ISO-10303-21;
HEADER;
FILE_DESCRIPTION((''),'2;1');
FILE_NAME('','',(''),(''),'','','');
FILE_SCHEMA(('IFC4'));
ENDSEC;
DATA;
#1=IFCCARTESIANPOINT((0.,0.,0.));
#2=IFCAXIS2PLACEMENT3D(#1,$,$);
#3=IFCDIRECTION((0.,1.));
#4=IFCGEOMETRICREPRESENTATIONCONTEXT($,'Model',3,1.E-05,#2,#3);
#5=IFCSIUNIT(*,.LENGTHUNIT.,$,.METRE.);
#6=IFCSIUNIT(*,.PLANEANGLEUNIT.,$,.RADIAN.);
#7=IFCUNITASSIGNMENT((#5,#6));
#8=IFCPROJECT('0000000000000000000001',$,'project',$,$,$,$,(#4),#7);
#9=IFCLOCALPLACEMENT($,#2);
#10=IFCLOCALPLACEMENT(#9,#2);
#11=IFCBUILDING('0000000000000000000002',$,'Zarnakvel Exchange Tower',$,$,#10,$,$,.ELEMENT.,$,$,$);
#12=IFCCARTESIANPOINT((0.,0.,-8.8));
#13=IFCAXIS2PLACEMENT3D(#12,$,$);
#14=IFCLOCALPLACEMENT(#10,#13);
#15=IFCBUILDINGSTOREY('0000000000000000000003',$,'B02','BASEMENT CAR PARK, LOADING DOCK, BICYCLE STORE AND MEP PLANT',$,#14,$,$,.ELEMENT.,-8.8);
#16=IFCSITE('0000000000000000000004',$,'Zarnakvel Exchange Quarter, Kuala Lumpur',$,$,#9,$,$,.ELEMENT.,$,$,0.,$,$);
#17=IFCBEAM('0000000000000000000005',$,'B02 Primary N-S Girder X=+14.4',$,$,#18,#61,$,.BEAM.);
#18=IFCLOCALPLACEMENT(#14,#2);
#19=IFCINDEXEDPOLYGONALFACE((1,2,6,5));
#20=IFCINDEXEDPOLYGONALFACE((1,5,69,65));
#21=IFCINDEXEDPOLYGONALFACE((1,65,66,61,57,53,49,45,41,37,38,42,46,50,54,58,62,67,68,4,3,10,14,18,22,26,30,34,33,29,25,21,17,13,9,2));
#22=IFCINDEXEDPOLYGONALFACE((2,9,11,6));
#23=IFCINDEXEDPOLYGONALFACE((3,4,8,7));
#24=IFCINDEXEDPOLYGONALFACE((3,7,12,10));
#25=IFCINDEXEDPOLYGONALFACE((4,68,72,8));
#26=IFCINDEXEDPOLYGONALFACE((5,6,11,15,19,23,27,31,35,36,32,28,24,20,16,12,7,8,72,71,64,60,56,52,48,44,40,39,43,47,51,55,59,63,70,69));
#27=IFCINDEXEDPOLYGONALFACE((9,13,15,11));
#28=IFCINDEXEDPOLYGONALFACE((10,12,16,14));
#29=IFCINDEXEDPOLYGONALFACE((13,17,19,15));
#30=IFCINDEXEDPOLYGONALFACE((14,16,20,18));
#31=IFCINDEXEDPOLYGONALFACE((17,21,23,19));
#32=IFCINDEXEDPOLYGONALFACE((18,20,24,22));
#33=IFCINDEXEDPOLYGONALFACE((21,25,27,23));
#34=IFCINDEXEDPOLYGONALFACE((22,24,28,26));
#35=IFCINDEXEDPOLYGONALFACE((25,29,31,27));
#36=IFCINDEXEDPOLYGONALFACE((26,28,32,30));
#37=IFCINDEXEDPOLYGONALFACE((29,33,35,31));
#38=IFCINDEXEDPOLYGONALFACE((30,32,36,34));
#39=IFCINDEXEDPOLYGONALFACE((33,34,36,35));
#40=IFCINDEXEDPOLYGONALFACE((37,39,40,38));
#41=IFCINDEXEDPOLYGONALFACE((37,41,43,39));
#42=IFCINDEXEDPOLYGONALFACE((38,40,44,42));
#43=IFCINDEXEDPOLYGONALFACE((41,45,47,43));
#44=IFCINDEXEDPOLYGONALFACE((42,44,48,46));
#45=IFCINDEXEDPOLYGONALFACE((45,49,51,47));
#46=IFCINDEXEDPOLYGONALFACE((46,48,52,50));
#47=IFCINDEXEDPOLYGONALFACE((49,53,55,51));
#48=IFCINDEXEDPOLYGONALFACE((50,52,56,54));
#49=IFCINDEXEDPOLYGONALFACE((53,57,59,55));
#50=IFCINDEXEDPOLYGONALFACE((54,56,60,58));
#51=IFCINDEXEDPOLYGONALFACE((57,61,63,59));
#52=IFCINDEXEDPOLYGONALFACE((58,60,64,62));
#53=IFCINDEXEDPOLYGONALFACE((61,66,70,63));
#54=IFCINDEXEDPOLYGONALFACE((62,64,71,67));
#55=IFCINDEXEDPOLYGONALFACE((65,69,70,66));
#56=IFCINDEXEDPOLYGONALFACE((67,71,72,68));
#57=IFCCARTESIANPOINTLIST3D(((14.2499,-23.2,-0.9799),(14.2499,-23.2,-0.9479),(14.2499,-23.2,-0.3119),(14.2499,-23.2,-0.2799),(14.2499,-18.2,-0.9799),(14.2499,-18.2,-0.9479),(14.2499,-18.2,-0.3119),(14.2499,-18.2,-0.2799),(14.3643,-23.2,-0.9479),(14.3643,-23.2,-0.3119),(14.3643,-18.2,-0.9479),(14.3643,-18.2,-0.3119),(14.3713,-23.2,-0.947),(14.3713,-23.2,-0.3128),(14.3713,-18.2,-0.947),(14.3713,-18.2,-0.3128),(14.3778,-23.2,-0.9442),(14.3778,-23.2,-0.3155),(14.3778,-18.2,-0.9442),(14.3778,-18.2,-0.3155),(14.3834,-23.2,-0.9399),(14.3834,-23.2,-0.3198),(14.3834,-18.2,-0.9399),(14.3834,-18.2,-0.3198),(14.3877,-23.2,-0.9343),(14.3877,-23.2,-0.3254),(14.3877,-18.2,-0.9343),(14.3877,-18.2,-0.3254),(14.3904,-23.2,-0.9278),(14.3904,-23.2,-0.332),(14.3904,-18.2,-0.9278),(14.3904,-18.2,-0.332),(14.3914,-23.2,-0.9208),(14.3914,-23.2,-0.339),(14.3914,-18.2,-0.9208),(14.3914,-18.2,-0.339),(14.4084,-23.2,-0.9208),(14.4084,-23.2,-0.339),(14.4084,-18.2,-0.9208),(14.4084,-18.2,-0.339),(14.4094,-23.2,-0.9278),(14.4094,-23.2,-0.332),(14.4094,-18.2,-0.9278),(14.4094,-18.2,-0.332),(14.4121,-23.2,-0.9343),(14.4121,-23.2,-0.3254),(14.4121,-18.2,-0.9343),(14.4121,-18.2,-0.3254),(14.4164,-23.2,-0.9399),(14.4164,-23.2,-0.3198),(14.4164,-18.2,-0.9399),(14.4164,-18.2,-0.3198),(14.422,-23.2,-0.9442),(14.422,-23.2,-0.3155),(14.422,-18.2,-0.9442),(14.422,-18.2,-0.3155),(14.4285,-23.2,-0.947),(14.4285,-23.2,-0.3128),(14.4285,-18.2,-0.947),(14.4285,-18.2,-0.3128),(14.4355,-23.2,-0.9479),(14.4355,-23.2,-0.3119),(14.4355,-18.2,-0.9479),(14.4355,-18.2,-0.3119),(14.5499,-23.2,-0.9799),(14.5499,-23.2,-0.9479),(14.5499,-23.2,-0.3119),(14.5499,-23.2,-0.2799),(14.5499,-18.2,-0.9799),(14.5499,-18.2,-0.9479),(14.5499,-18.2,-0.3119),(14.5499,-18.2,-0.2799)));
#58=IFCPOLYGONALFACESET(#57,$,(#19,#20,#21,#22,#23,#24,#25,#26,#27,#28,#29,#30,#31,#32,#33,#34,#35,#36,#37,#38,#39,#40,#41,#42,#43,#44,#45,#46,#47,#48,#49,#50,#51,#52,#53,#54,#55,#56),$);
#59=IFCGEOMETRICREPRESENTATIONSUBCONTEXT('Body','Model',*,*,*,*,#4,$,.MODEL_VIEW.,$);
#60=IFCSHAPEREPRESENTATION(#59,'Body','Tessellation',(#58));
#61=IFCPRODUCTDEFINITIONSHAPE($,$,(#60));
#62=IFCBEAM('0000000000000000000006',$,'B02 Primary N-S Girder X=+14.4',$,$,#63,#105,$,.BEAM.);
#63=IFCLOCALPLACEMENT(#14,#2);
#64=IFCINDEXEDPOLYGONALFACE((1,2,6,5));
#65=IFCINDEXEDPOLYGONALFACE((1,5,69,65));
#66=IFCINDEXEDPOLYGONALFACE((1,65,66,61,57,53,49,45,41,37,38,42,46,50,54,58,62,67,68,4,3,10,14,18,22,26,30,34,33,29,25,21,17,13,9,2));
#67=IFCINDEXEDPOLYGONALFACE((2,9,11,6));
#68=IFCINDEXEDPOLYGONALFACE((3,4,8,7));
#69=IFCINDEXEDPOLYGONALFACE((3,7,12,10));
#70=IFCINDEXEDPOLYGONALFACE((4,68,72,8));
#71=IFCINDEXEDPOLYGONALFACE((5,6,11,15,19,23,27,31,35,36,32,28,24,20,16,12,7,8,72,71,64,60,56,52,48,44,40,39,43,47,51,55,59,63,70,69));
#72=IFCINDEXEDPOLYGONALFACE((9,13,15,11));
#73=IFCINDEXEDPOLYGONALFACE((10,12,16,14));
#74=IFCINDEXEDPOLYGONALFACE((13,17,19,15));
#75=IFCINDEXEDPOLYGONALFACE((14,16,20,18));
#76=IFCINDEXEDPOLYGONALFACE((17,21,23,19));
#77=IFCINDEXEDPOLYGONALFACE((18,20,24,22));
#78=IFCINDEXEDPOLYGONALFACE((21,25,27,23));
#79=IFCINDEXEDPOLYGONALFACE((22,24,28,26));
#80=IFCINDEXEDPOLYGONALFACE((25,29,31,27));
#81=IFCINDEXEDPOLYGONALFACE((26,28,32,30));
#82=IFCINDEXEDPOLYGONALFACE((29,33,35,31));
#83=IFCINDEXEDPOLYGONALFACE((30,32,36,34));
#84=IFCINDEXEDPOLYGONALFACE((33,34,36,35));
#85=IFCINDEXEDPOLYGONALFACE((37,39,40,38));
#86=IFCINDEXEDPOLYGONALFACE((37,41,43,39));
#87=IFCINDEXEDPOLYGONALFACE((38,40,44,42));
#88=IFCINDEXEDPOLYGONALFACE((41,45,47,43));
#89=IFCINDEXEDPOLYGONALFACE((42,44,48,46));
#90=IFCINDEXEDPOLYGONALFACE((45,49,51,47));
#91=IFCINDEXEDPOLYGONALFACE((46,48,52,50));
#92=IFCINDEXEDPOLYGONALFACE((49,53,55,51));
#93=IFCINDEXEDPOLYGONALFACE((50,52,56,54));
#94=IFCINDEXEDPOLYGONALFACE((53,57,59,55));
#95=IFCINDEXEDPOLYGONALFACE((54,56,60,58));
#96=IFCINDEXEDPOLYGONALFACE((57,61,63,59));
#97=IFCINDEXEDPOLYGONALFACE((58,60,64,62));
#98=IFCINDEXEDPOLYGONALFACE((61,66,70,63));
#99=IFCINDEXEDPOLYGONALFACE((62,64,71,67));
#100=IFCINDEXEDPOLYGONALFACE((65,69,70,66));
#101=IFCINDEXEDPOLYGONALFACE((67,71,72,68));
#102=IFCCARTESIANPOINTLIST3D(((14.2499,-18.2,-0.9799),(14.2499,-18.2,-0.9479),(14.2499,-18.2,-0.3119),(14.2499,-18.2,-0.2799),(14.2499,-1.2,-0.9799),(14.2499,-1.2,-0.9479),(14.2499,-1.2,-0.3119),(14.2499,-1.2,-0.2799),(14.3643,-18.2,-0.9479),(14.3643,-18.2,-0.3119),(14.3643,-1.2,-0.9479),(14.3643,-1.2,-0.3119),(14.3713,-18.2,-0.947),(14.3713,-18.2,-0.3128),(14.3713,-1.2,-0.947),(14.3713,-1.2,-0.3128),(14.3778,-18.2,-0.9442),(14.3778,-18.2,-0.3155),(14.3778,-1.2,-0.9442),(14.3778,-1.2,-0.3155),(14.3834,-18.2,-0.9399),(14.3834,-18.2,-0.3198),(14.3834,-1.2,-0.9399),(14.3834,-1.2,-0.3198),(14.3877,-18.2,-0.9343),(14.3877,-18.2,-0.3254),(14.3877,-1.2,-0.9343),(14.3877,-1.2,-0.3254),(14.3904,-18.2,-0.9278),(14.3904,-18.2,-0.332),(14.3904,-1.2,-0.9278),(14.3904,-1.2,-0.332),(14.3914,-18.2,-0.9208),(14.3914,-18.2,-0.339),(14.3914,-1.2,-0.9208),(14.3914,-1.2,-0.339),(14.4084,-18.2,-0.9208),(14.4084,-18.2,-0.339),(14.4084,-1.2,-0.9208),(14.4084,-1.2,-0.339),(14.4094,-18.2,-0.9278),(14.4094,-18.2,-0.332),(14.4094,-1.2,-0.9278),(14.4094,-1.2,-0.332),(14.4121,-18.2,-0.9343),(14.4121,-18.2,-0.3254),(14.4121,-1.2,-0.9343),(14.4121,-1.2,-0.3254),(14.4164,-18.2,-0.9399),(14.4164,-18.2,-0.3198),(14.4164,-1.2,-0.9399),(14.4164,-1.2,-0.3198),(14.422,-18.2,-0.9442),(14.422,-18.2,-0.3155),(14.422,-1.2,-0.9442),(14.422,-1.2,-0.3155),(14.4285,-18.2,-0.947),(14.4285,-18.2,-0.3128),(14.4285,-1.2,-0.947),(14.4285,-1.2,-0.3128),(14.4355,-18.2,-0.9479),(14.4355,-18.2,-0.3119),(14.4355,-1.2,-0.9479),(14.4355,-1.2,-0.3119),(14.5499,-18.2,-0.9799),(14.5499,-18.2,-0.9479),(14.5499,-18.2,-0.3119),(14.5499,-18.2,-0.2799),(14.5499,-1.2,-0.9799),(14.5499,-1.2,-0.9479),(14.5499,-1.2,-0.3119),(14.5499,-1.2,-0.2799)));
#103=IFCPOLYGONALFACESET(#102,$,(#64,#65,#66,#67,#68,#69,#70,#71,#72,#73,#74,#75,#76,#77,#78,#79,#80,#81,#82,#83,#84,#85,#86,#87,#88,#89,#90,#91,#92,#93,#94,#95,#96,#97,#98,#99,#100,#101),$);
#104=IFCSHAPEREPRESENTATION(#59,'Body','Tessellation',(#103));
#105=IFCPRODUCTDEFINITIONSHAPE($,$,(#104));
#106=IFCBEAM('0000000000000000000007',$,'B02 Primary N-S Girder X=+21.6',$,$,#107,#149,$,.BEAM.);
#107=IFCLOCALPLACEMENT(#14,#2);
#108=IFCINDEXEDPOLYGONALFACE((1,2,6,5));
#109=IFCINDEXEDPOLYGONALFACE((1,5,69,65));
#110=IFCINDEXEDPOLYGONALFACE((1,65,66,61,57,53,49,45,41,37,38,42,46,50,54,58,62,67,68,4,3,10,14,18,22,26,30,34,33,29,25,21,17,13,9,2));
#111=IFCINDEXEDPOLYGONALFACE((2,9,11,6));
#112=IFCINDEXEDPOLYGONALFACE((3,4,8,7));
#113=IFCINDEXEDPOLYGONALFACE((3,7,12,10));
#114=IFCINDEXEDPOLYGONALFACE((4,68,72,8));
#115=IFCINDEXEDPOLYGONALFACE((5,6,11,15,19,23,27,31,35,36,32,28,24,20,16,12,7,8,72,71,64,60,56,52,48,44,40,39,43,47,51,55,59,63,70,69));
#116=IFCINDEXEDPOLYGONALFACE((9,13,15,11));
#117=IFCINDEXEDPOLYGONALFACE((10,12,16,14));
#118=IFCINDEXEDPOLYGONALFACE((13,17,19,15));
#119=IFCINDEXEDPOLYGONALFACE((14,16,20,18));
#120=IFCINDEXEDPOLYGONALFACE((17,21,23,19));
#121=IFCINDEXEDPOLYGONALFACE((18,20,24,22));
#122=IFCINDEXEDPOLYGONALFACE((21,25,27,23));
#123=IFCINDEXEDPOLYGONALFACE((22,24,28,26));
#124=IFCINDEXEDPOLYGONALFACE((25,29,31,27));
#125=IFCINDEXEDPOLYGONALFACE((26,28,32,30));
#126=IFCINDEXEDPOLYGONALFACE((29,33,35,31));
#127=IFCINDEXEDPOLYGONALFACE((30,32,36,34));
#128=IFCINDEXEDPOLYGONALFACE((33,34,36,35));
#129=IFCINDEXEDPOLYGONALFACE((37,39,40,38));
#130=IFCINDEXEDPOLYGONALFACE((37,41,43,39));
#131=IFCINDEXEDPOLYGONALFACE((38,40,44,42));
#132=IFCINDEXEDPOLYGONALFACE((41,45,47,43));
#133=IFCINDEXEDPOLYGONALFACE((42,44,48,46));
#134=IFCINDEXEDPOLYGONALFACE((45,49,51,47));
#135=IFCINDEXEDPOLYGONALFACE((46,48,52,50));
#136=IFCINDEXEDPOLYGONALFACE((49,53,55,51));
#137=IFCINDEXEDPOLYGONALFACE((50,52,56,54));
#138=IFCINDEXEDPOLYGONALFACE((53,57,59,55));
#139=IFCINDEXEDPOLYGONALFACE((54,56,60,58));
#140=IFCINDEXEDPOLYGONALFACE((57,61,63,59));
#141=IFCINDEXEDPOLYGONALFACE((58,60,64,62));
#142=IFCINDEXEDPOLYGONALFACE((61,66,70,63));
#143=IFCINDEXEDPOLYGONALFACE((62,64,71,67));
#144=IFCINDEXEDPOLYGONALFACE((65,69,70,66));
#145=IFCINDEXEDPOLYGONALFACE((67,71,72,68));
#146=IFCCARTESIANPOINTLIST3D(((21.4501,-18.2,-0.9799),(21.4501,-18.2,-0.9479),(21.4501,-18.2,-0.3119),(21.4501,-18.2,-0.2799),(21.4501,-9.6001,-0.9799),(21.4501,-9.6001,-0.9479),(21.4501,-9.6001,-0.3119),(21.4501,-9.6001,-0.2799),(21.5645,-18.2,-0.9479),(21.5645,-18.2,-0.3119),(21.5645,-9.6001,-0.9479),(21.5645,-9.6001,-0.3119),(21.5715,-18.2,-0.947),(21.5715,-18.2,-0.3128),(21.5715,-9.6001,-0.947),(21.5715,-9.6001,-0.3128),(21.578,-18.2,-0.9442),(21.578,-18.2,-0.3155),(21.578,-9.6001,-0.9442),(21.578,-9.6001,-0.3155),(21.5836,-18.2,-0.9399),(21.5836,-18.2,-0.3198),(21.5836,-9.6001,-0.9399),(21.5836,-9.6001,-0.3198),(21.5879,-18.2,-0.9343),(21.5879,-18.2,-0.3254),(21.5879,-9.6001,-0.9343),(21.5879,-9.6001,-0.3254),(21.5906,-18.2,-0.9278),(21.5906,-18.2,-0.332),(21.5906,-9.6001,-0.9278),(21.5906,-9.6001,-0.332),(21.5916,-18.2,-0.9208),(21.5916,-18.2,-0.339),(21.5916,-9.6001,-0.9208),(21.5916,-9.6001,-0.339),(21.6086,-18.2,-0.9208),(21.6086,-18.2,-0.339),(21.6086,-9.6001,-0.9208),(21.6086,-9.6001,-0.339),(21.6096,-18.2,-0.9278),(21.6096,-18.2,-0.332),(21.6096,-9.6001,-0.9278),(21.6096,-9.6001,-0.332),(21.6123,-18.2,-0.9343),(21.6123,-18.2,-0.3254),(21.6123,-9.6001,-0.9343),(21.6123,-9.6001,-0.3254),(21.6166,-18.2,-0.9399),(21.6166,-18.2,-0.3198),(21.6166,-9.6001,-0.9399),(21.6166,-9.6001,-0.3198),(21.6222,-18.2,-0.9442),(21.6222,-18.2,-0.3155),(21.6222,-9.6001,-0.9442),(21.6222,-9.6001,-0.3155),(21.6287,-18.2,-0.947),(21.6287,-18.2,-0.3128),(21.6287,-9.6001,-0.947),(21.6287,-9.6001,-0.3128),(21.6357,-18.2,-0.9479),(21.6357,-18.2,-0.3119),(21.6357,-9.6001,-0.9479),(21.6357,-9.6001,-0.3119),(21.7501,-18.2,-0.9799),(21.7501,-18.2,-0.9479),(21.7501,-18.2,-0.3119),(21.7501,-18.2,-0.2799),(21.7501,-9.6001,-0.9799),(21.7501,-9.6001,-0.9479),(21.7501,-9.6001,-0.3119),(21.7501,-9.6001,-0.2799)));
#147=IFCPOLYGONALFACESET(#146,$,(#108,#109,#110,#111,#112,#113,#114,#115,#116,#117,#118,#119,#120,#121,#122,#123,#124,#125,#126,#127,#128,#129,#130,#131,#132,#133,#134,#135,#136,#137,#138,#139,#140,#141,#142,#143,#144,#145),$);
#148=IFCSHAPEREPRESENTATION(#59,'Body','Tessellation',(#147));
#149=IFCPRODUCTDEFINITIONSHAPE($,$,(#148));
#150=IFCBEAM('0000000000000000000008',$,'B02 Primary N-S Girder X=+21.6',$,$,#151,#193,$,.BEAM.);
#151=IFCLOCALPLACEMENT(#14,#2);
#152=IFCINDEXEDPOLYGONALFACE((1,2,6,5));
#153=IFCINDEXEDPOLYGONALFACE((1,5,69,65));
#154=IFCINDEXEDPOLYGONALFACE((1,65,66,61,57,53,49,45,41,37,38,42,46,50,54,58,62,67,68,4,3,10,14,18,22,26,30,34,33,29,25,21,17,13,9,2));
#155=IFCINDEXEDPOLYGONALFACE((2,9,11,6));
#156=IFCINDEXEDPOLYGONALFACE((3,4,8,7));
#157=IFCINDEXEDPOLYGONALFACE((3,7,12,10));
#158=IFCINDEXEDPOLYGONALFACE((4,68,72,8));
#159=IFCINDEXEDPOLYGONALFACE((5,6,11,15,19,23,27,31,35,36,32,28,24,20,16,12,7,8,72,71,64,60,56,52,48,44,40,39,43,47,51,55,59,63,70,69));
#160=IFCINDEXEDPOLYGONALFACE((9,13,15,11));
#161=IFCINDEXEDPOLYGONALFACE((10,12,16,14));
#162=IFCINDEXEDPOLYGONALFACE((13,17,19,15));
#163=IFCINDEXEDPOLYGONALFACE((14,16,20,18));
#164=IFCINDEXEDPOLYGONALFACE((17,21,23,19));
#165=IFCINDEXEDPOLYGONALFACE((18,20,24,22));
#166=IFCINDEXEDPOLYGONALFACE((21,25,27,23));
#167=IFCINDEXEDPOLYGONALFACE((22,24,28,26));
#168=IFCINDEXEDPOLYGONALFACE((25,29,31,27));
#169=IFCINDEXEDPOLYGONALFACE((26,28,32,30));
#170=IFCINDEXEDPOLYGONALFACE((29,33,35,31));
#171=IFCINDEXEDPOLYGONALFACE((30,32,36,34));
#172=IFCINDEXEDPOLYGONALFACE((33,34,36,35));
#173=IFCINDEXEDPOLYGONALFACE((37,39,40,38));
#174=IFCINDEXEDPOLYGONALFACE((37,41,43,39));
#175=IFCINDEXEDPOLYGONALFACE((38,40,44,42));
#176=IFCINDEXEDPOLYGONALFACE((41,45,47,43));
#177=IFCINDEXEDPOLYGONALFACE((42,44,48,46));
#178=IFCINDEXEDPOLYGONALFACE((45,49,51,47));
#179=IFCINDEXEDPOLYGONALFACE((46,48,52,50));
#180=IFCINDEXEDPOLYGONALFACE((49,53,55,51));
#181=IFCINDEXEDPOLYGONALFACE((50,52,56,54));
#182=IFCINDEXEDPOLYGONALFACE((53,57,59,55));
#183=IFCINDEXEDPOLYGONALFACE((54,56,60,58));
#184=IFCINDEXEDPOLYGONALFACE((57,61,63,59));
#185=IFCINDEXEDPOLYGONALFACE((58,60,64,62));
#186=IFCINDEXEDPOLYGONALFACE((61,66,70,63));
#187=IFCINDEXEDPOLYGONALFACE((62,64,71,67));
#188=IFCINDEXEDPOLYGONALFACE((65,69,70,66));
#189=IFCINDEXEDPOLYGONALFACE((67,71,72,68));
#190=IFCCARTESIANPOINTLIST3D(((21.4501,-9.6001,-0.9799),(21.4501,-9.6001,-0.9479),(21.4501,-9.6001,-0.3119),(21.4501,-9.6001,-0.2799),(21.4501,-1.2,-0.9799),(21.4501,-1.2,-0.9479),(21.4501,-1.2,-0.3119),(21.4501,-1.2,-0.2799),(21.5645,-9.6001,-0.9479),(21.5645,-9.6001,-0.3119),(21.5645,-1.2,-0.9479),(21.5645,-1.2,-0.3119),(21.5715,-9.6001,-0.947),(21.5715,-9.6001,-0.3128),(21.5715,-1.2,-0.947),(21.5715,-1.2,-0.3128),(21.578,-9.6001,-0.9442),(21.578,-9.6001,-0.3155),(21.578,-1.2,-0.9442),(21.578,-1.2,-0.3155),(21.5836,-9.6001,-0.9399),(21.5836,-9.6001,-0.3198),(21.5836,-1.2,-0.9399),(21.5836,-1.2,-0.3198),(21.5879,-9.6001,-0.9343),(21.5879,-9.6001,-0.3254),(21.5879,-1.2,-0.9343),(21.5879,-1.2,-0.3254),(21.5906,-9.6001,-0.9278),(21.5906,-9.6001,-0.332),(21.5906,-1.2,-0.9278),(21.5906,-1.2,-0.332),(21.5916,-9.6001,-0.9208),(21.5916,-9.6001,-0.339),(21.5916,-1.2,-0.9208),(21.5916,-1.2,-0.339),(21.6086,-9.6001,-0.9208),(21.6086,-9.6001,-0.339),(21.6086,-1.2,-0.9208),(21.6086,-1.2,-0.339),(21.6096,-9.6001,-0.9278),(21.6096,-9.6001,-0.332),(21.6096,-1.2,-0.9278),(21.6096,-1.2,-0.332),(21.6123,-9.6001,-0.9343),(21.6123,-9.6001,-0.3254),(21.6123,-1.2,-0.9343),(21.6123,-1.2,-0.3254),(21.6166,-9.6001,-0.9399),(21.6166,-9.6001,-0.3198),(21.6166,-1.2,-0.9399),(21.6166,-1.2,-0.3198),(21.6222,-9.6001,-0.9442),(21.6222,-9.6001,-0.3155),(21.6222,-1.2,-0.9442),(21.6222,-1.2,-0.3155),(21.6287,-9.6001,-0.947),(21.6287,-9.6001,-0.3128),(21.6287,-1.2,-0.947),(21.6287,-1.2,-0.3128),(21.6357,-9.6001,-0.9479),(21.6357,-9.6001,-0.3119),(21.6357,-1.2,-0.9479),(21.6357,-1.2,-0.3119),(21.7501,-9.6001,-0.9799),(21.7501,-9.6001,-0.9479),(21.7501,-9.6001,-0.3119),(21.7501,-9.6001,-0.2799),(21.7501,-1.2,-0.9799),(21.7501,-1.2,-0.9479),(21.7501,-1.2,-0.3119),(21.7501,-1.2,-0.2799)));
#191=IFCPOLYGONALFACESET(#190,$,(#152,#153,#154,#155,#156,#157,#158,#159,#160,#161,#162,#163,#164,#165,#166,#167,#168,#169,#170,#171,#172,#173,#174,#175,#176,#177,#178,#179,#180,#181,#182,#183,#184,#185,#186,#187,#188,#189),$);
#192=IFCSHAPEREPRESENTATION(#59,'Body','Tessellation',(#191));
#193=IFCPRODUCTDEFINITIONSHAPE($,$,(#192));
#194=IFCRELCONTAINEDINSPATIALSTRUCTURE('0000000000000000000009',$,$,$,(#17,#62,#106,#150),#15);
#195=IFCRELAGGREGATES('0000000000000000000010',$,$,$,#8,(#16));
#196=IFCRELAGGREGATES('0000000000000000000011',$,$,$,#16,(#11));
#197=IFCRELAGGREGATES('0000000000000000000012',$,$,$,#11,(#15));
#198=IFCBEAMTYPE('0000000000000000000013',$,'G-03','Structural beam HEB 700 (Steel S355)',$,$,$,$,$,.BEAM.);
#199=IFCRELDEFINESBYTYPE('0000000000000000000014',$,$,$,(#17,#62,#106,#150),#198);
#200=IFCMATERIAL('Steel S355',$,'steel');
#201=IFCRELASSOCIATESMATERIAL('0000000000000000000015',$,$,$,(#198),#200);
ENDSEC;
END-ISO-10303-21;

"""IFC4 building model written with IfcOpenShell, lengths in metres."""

from ifc_helpers import new_model, si_unit, direction, frame, origin, origin_2d, place, context, subcontext, project, spatial, i_section, extrude, material, material_profile, profile_set, type_object, element, save


model = new_model("IFC4")

# Units and contexts
model_context = context("Model", 3, precision=1e-05, world=origin(), true_north=direction((0.0, 1.0)))
body_context = subcontext(model_context, "Body", "Model", "MODEL_VIEW")
ifc_project = project(units=[si_unit("LENGTHUNIT", "METRE"), si_unit("PLANEANGLEUNIT", "RADIAN")], contexts=[model_context])

# Site, building, storey
site_placement = place(None, origin())
site = spatial("IfcSite", under=ifc_project, at=site_placement, Name="Zarnakvel Exchange Quarter, Kuala Lumpur", CompositionType="ELEMENT", RefElevation=0.0)
building_placement = place(site_placement, origin())
building = spatial("IfcBuilding", under=site, at=building_placement, Name="Zarnakvel Exchange Tower", CompositionType="ELEMENT")
storey_placement = place(building_placement, frame((0.0, 0.0, -8.8)))
storey = spatial("IfcBuildingStorey", under=building, at=storey_placement, Name="B02", Description="BASEMENT CAR PARK, LOADING DOCK, BICYCLE STORE AND MEP PLANT", CompositionType="ELEMENT", Elevation=-8.8)

# Beams
ifc_material_1 = material(Name="Steel S355", Category="steel")
ifc_material_profile_1 = material_profile(ifc_material_1, i_section(OverallWidth=0.3, OverallDepth=0.7, WebThickness=0.0171, FlangeThickness=0.032, FilletRadius=0.0271, at=origin_2d()))
ifc_profile_set_1 = profile_set([ifc_material_profile_1], Name="Steel S355")
beam_type_1 = type_object("IfcBeamType", Name="G-03", Description="Structural beam HEB 700 (Steel S355)", PredefinedType="BEAM", material=ifc_profile_set_1)
beam_1_placement = place(storey_placement, frame((14.3999, -23.2, -0.6299), z_axis=(0.0, 1.0, 0.0), x_axis=(-1.0, 0.0, 0.0)))
element("IfcBeam", 1, at=beam_1_placement, inside=storey, type_object=beam_type_1, Name="B02 Primary N-S Girder X=+14.4", PredefinedType="BEAM", context=body_context, shape_type="SweptSolid", body=[
    extrude(i_section(OverallWidth=0.3, OverallDepth=0.7, WebThickness=0.0171, FlangeThickness=0.032, FilletRadius=0.0271, at=origin_2d()), origin(), (0.0, 0.0, 1.0), 5.0),
])
beam_2_placement = place(storey_placement, frame((14.3999, -18.2, -0.6299), z_axis=(0.0, 1.0, 0.0), x_axis=(-1.0, 0.0, 0.0)))
element("IfcBeam", 2, at=beam_2_placement, inside=storey, type_object=beam_type_1, Name="B02 Primary N-S Girder X=+14.4", PredefinedType="BEAM", context=body_context, shape_type="SweptSolid", body=[
    extrude(i_section(OverallWidth=0.3, OverallDepth=0.7, WebThickness=0.0171, FlangeThickness=0.032, FilletRadius=0.0271, at=origin_2d()), origin(), (0.0, 0.0, 1.0), 17.0),
])
beam_3_placement = place(storey_placement, frame((21.6001, -18.2, -0.6299), z_axis=(0.0, 1.0, 0.0), x_axis=(-1.0, 0.0, 0.0)))
element("IfcBeam", 3, at=beam_3_placement, inside=storey, type_object=beam_type_1, Name="B02 Primary N-S Girder X=+21.6", PredefinedType="BEAM", context=body_context, shape_type="SweptSolid", body=[
    extrude(i_section(OverallWidth=0.3, OverallDepth=0.7, WebThickness=0.0171, FlangeThickness=0.032, FilletRadius=0.0271, at=origin_2d()), origin(), (0.0, 0.0, 1.0), 8.5999),
])
beam_4_placement = place(storey_placement, frame((21.6001, -9.6001, -0.6299), z_axis=(0.0, 1.0, 0.0), x_axis=(-1.0, 0.0, 0.0)))
element("IfcBeam", 4, at=beam_4_placement, inside=storey, type_object=beam_type_1, Name="B02 Primary N-S Girder X=+21.6", PredefinedType="BEAM", context=body_context, shape_type="SweptSolid", body=[
    extrude(i_section(OverallWidth=0.3, OverallDepth=0.7, WebThickness=0.0171, FlangeThickness=0.032, FilletRadius=0.0271, at=origin_2d()), origin(), (0.0, 0.0, 1.0), 8.4001),
])

save(model, "model.ifc")
